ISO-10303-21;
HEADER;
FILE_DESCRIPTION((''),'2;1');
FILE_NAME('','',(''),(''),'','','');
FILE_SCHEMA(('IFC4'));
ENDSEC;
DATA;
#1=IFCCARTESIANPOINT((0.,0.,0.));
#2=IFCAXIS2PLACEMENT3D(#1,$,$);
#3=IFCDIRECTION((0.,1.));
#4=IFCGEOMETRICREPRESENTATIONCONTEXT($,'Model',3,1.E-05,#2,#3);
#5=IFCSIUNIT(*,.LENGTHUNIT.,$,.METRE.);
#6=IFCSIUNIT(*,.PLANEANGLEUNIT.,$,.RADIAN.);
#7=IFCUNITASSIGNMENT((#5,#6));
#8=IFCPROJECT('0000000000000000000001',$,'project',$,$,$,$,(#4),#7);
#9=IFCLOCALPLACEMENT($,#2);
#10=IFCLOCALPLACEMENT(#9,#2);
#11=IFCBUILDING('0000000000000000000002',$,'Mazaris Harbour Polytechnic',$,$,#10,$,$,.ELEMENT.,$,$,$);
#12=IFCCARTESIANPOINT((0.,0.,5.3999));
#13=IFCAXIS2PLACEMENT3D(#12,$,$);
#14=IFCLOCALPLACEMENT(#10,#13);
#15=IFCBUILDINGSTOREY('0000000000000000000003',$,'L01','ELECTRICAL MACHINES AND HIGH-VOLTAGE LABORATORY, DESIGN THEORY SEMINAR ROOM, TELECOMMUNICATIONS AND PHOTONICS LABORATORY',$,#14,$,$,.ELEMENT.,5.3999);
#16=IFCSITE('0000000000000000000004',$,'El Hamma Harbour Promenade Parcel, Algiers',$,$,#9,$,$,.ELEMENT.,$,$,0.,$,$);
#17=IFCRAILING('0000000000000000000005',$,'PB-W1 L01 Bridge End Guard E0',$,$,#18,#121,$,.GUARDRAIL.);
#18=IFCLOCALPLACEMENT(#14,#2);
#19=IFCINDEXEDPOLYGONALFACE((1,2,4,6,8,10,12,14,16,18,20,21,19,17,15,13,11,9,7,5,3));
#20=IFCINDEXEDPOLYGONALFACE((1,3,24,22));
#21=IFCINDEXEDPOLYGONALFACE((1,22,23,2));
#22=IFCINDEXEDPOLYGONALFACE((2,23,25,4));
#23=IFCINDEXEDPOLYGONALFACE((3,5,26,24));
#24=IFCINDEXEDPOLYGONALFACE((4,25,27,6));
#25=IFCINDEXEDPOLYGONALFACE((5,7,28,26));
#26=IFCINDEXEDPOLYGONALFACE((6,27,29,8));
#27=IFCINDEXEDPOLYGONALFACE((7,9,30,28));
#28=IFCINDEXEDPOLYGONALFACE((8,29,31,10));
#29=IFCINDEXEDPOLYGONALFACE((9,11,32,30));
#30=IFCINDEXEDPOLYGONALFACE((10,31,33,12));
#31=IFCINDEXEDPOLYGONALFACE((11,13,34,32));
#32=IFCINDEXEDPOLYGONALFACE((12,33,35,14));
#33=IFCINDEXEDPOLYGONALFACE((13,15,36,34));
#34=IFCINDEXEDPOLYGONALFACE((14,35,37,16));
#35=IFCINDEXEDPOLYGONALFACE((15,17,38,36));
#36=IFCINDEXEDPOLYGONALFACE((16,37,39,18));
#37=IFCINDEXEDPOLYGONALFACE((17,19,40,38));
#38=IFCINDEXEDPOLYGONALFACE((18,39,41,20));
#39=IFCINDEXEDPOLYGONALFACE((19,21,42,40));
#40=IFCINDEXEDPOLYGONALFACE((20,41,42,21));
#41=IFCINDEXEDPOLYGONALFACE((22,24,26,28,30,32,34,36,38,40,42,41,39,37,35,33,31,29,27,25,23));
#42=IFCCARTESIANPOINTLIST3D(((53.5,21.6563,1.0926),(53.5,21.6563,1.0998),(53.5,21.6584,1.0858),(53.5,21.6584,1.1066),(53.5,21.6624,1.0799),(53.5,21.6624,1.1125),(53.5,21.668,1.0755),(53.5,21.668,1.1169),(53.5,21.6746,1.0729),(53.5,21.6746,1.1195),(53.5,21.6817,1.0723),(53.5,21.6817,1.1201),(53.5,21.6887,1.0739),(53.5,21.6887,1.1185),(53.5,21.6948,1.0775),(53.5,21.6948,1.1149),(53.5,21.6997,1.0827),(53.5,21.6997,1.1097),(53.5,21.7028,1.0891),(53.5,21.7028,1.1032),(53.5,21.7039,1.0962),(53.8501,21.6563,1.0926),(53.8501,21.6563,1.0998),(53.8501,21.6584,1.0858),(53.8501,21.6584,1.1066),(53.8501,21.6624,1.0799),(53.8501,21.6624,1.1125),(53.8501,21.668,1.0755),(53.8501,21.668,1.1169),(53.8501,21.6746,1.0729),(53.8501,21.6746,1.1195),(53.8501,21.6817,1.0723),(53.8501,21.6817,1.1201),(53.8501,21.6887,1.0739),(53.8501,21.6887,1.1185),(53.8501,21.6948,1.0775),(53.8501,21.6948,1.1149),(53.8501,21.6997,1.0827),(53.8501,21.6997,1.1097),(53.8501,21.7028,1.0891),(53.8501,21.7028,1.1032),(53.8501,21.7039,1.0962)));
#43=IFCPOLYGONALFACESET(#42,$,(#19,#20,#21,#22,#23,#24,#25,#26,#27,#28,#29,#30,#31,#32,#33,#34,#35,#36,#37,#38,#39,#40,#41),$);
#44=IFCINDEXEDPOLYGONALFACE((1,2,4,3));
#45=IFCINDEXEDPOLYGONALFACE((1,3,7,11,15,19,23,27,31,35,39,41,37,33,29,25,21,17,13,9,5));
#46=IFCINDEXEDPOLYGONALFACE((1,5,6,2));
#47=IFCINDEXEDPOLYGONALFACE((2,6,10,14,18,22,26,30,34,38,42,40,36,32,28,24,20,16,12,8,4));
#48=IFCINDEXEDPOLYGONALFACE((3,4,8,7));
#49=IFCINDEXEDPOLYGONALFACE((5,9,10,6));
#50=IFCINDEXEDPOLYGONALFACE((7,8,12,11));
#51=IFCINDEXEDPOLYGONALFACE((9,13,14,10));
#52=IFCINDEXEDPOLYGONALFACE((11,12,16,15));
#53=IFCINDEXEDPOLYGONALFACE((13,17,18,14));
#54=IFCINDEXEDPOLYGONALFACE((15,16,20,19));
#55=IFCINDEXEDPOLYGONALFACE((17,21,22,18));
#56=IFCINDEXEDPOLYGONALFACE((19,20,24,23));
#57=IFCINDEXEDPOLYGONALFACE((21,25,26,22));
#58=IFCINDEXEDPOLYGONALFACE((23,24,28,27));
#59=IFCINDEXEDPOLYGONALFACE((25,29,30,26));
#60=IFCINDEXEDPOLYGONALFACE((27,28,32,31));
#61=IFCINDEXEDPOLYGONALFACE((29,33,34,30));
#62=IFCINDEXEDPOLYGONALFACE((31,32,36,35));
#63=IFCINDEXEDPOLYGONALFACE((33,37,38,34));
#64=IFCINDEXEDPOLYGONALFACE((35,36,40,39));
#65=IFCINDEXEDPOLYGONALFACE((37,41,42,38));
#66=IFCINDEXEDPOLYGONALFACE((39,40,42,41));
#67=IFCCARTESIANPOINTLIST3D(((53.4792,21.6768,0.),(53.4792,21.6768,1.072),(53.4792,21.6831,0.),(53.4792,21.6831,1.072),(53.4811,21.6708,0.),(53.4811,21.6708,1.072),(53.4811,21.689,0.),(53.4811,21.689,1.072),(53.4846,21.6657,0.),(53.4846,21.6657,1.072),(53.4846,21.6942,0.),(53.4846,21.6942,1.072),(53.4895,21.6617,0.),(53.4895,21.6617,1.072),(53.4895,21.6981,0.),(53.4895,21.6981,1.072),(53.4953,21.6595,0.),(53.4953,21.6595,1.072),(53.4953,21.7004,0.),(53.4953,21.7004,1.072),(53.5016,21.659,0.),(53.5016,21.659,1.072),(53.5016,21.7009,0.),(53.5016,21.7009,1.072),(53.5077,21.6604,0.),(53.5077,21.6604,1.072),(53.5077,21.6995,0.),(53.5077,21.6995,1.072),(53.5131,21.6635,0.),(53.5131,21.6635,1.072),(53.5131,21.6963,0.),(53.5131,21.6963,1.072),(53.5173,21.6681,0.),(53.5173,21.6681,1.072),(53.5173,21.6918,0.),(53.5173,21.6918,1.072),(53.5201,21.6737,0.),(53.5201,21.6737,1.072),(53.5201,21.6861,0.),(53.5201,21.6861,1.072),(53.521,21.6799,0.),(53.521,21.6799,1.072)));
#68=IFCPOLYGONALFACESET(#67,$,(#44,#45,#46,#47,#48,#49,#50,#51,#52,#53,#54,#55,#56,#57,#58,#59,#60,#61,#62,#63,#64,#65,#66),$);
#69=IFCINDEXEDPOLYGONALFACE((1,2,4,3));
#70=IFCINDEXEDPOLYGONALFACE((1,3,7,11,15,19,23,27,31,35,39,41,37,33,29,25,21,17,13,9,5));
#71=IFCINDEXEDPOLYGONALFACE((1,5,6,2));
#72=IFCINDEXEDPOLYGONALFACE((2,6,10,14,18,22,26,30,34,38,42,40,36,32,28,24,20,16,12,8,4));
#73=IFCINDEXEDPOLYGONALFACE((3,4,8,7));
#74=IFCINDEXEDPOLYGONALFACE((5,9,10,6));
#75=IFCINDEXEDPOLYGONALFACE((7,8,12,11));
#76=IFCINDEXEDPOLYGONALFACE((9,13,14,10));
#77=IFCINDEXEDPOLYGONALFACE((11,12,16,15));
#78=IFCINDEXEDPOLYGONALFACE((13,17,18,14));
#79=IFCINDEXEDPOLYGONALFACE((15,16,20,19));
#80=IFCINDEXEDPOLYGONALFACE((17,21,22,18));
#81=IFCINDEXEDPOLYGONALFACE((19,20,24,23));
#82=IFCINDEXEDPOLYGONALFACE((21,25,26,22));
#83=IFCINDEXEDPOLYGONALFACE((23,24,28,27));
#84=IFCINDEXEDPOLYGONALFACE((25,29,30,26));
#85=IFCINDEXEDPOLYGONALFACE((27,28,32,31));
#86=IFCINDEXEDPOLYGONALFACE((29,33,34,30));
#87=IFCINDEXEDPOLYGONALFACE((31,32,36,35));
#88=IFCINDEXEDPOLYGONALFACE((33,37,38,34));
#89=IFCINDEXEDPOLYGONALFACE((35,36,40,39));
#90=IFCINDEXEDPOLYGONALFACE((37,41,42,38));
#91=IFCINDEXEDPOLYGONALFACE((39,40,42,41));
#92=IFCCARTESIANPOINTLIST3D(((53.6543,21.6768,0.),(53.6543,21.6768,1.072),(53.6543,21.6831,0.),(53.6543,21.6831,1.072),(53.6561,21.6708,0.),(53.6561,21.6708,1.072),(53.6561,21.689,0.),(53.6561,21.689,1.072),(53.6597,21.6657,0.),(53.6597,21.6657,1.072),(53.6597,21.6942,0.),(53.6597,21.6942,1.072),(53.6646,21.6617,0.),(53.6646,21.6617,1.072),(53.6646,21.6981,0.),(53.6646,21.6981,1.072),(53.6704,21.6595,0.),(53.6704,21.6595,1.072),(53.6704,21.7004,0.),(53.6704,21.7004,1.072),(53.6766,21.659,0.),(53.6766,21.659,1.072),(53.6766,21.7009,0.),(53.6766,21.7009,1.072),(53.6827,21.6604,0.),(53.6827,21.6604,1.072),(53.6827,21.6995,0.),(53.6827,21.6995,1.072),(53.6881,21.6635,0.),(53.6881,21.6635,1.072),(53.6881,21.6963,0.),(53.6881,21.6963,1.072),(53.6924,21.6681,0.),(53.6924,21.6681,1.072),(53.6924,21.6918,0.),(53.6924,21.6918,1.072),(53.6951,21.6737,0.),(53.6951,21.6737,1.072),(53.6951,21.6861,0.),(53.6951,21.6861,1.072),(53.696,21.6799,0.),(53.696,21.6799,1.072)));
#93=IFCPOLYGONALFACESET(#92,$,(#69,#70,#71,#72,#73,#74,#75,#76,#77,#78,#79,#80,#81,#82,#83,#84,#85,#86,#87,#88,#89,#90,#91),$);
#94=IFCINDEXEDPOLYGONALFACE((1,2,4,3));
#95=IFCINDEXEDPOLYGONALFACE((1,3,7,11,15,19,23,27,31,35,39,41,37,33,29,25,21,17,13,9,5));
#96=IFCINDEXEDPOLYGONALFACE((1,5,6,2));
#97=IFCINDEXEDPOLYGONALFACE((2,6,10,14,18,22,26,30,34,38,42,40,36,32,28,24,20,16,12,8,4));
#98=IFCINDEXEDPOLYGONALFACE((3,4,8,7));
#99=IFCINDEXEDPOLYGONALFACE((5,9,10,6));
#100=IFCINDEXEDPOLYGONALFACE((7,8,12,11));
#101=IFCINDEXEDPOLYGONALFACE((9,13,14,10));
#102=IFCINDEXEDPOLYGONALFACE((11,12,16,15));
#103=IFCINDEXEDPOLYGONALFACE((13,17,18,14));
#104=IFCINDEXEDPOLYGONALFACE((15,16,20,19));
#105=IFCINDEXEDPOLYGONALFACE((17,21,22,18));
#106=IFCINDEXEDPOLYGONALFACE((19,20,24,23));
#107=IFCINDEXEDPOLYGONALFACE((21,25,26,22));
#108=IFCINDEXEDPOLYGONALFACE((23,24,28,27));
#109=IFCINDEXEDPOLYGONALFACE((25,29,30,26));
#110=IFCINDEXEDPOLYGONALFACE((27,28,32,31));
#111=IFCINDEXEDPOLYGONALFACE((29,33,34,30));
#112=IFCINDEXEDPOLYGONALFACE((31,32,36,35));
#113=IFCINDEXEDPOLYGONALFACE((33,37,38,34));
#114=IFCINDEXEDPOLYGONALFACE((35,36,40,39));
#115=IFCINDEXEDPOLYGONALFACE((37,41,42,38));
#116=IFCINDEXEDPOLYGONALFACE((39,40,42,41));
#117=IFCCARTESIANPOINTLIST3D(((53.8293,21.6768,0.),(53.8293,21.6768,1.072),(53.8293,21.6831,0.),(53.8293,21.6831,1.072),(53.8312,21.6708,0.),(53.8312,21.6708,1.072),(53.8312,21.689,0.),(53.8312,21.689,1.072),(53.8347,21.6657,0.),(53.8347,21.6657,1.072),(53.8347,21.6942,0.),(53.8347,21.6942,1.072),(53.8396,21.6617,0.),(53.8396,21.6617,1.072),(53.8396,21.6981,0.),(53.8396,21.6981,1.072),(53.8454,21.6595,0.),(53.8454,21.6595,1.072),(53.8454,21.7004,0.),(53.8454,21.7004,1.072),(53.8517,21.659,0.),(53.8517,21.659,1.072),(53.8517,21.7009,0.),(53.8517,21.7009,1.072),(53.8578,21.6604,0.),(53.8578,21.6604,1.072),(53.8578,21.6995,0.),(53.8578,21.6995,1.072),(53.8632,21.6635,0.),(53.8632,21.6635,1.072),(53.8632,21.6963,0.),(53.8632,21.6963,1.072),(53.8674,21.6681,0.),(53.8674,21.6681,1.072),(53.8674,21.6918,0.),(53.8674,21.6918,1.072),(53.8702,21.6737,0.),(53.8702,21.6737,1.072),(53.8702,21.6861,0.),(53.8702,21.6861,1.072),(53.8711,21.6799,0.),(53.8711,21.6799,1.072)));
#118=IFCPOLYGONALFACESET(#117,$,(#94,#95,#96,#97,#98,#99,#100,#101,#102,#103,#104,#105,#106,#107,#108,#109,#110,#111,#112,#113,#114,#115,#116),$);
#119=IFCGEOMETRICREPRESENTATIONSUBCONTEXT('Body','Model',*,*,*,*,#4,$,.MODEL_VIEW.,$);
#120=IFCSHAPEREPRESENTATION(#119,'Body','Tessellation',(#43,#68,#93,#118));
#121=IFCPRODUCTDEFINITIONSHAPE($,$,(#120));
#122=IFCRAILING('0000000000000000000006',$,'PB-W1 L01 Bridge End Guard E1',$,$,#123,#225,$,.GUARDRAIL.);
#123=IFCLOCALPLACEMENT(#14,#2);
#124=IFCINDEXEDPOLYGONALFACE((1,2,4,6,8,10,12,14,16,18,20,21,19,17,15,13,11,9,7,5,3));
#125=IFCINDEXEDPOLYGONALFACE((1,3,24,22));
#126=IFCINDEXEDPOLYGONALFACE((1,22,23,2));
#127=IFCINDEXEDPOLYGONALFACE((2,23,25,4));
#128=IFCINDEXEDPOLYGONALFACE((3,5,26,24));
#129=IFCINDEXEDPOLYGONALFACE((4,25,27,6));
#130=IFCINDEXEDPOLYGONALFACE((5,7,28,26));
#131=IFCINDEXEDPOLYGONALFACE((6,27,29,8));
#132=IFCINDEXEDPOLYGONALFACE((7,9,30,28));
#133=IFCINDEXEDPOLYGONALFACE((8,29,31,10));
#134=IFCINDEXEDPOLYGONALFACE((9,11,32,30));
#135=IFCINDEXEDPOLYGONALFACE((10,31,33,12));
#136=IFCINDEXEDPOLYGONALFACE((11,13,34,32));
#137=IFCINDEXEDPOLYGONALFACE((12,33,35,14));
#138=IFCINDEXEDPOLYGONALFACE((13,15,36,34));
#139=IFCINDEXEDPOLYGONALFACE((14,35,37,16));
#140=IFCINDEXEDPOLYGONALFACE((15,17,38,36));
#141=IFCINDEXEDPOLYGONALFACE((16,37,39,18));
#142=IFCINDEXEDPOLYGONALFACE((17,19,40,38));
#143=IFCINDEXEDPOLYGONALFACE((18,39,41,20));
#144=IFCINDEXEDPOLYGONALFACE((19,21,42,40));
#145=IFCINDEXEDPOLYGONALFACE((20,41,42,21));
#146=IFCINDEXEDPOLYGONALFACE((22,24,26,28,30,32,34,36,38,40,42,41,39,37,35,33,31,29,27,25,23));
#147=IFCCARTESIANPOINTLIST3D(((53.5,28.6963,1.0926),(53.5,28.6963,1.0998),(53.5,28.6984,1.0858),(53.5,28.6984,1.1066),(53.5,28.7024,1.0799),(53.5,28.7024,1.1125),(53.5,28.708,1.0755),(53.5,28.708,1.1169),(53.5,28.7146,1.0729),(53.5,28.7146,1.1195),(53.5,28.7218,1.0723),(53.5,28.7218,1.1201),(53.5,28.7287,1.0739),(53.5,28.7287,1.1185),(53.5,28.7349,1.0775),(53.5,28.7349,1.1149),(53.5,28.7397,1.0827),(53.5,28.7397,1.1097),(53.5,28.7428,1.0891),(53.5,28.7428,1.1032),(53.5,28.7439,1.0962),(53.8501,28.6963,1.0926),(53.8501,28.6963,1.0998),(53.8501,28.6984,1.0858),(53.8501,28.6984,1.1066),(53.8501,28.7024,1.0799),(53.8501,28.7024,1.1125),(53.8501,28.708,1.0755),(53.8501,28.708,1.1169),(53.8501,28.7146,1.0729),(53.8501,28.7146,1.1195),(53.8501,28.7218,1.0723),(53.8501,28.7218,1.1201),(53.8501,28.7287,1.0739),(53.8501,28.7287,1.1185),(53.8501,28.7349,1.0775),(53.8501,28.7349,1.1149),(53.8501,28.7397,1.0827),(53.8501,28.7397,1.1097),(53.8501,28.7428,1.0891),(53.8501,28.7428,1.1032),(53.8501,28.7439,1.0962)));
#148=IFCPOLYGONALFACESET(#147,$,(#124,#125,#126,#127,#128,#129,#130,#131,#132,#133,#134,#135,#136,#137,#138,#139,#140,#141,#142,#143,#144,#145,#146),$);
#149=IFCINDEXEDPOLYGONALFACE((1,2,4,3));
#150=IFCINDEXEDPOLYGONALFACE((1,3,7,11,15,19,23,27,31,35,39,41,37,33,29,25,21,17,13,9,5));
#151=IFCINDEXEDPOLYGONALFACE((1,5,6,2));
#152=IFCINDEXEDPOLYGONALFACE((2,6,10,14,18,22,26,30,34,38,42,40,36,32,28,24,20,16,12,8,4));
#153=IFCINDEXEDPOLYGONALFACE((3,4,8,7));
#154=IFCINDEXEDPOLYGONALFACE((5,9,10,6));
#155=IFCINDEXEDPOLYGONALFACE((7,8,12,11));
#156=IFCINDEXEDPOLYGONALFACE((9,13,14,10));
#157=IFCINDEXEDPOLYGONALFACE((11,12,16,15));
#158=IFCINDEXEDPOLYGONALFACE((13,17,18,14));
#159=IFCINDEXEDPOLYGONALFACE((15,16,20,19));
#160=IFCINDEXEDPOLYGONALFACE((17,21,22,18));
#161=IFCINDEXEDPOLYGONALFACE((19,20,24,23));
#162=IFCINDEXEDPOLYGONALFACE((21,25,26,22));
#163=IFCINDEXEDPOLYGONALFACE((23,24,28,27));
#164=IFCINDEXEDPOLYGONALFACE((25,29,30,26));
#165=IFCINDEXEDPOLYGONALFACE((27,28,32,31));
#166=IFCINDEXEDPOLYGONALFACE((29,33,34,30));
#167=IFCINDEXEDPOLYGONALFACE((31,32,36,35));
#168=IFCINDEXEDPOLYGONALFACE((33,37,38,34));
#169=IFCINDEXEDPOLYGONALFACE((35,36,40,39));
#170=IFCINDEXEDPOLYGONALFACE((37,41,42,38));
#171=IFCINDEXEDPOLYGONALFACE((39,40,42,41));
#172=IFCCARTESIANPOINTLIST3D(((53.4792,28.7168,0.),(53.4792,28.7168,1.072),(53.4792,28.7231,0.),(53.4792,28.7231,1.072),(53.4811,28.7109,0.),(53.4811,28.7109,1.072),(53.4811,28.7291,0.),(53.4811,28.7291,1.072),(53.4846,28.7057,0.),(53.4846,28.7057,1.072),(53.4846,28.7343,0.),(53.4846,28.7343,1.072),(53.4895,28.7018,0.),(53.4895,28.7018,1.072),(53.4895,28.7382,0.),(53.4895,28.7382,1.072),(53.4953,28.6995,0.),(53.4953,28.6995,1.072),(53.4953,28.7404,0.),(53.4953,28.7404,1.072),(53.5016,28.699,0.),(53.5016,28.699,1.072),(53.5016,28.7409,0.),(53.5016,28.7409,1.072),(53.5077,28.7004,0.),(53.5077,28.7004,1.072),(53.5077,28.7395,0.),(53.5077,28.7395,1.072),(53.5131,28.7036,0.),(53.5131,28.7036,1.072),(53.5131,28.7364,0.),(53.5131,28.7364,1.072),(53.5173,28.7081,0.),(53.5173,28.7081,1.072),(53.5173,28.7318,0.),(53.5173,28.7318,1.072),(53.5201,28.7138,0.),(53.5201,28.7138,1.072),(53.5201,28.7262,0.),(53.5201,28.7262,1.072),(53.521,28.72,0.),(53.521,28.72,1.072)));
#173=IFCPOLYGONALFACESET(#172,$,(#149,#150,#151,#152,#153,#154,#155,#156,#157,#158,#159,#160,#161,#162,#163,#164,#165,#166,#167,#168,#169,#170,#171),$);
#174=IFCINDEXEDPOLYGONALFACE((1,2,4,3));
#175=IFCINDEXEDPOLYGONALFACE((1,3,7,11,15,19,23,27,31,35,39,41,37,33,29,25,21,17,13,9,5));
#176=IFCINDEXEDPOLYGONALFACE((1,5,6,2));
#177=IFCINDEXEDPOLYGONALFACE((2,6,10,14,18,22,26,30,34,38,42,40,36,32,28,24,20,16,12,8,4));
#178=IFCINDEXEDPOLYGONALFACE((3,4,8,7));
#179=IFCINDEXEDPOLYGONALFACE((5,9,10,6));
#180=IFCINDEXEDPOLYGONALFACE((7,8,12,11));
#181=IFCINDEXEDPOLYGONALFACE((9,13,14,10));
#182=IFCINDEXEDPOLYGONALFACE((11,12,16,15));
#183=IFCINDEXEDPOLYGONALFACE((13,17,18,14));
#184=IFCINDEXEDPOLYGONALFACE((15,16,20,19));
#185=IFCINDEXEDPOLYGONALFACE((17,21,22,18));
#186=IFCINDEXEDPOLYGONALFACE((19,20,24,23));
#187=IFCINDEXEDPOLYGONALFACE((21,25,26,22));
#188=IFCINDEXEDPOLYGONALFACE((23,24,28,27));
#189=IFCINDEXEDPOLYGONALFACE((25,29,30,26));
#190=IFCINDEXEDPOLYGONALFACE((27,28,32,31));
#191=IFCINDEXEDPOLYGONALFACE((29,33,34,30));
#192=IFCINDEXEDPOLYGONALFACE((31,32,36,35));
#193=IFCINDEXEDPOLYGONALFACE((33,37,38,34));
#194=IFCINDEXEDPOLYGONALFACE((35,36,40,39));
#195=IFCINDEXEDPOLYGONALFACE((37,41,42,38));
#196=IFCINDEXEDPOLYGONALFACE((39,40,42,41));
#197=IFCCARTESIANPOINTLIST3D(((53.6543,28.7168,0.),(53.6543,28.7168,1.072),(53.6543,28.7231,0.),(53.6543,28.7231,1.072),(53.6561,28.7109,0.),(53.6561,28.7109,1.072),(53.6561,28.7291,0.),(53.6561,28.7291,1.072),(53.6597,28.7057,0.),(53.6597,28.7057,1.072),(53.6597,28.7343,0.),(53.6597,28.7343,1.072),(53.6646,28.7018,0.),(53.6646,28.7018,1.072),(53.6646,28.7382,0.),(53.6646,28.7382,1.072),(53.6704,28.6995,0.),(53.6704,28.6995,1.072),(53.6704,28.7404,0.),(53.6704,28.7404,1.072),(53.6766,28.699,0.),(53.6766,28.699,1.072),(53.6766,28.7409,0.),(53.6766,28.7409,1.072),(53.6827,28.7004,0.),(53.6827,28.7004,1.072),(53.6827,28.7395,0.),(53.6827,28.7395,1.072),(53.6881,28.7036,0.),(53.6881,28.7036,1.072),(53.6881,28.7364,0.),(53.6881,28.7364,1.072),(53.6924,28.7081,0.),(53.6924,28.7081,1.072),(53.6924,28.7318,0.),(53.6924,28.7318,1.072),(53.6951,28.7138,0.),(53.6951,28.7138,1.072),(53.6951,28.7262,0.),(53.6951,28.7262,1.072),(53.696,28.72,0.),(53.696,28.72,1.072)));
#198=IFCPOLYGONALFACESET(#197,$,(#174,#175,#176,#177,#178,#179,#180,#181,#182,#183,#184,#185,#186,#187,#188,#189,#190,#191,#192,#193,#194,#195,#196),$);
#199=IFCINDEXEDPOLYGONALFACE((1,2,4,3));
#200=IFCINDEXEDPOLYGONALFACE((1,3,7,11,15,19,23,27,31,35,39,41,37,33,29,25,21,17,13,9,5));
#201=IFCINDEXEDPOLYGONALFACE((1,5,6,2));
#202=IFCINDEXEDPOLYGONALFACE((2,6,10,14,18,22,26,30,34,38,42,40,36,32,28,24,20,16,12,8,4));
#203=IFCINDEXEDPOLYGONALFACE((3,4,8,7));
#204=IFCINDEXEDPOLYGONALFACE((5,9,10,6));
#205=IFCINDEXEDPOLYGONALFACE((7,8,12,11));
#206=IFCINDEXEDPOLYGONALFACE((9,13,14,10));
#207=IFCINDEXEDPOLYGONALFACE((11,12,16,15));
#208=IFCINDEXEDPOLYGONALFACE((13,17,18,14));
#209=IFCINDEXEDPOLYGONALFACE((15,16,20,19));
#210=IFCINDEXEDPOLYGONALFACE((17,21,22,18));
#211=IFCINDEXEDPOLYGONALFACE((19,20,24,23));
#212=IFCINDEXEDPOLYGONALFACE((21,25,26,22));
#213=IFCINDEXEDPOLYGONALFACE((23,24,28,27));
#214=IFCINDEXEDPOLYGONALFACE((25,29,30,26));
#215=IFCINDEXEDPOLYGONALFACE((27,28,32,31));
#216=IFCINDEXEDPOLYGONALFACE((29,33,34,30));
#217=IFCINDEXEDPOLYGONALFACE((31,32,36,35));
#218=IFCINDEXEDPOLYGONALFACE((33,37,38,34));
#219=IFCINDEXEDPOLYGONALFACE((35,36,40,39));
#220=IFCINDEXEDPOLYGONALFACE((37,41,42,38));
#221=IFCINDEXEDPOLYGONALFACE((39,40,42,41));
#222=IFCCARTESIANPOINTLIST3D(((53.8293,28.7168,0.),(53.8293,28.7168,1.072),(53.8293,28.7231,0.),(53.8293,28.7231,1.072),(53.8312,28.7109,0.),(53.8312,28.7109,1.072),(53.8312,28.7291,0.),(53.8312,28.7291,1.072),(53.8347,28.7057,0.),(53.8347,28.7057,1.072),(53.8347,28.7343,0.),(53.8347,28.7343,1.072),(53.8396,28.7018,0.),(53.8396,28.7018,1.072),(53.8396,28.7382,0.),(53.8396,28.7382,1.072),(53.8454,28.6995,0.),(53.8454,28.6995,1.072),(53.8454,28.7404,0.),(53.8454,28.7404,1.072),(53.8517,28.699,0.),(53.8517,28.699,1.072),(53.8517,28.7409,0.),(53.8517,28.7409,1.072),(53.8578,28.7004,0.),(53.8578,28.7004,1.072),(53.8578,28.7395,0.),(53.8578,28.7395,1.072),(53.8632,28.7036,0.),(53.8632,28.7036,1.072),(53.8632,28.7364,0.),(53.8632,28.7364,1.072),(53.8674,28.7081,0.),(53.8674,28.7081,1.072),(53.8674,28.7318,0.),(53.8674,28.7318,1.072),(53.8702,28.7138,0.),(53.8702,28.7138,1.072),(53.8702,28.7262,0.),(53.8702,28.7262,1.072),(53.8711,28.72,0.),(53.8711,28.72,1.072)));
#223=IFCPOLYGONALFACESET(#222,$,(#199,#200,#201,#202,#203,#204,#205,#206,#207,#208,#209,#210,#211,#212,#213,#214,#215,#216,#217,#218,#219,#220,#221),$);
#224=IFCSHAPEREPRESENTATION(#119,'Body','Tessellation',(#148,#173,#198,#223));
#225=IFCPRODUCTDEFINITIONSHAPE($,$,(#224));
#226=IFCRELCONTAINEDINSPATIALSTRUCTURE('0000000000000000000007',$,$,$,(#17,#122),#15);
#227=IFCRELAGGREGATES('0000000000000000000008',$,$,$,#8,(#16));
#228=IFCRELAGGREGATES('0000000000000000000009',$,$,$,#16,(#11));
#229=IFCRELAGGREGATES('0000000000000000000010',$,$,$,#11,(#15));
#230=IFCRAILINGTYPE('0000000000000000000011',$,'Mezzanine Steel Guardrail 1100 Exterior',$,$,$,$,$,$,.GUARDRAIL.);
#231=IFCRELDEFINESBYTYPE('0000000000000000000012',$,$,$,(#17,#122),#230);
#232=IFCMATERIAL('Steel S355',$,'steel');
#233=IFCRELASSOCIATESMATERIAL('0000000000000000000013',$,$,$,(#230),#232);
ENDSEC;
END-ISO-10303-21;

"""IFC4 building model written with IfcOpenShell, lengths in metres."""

from ifc_helpers import new_model, si_unit, direction, frame, origin, origin_2d, place, context, subcontext, project, spatial, circle, extrude, material, type_object, element, save


model = new_model("IFC4")

# Units and contexts
model_context = context("Model", 3, precision=1e-05, world=origin(), true_north=direction((0.0, 1.0)))
body_context = subcontext(model_context, "Body", "Model", "MODEL_VIEW")
ifc_project = project(units=[si_unit("LENGTHUNIT", "METRE"), si_unit("PLANEANGLEUNIT", "RADIAN")], contexts=[model_context])

# Site, building, storey
site_placement = place(None, origin())
site = spatial("IfcSite", under=ifc_project, at=site_placement, Name="El Hamma Harbour Promenade Parcel, Algiers", CompositionType="ELEMENT", RefElevation=0.0)
building_placement = place(site_placement, origin())
building = spatial("IfcBuilding", under=site, at=building_placement, Name="Mazaris Harbour Polytechnic", CompositionType="ELEMENT")
storey_placement = place(building_placement, frame((0.0, 0.0, 5.3999)))
storey = spatial("IfcBuildingStorey", under=building, at=storey_placement, Name="L01", Description="ELECTRICAL MACHINES AND HIGH-VOLTAGE LABORATORY, DESIGN THEORY SEMINAR ROOM, TELECOMMUNICATIONS AND PHOTONICS LABORATORY", CompositionType="ELEMENT", Elevation=5.3999)

# Railings
ifc_material_1 = material(Name="Steel S355", Category="steel")
railing_type = type_object("IfcRailingType", Name="Mezzanine Steel Guardrail 1100 Exterior", PredefinedType="GUARDRAIL", material=ifc_material_1)
for number, where, name in (
    (1, (53.5, 21.6799, 0.0), "PB-W1 L01 Bridge End Guard E0"),
    (2, (53.5, 28.72, 0.0), "PB-W1 L01 Bridge End Guard E1"),
):
    element("IfcRailing", number, at=place(storey_placement, frame(where)), inside=storey, type_object=railing_type, Name=name, PredefinedType="GUARDRAIL", context=body_context, shape_type="SweptSolid", body=[
        extrude(circle(Radius=0.0239, at=origin_2d()), frame((0.0, 0.0, 1.0962), z_axis=(1.0, 0.0, 0.0), x_axis=(0.0, 1.0, 0.0)), (0.0, 0.0, 1.0), 0.3501),
        extrude(circle(Radius=0.021, at=origin_2d()), origin(), (0.0, 0.0, 1.0), 1.072),
        extrude(circle(Radius=0.021, at=origin_2d()), frame((0.175, 0.0, 0.0)), (0.0, 0.0, 1.0), 1.072),
        extrude(circle(Radius=0.021, at=origin_2d()), frame((0.3501, 0.0, 0.0)), (0.0, 0.0, 1.0), 1.072),
    ])

save(model, "model.ifc")
